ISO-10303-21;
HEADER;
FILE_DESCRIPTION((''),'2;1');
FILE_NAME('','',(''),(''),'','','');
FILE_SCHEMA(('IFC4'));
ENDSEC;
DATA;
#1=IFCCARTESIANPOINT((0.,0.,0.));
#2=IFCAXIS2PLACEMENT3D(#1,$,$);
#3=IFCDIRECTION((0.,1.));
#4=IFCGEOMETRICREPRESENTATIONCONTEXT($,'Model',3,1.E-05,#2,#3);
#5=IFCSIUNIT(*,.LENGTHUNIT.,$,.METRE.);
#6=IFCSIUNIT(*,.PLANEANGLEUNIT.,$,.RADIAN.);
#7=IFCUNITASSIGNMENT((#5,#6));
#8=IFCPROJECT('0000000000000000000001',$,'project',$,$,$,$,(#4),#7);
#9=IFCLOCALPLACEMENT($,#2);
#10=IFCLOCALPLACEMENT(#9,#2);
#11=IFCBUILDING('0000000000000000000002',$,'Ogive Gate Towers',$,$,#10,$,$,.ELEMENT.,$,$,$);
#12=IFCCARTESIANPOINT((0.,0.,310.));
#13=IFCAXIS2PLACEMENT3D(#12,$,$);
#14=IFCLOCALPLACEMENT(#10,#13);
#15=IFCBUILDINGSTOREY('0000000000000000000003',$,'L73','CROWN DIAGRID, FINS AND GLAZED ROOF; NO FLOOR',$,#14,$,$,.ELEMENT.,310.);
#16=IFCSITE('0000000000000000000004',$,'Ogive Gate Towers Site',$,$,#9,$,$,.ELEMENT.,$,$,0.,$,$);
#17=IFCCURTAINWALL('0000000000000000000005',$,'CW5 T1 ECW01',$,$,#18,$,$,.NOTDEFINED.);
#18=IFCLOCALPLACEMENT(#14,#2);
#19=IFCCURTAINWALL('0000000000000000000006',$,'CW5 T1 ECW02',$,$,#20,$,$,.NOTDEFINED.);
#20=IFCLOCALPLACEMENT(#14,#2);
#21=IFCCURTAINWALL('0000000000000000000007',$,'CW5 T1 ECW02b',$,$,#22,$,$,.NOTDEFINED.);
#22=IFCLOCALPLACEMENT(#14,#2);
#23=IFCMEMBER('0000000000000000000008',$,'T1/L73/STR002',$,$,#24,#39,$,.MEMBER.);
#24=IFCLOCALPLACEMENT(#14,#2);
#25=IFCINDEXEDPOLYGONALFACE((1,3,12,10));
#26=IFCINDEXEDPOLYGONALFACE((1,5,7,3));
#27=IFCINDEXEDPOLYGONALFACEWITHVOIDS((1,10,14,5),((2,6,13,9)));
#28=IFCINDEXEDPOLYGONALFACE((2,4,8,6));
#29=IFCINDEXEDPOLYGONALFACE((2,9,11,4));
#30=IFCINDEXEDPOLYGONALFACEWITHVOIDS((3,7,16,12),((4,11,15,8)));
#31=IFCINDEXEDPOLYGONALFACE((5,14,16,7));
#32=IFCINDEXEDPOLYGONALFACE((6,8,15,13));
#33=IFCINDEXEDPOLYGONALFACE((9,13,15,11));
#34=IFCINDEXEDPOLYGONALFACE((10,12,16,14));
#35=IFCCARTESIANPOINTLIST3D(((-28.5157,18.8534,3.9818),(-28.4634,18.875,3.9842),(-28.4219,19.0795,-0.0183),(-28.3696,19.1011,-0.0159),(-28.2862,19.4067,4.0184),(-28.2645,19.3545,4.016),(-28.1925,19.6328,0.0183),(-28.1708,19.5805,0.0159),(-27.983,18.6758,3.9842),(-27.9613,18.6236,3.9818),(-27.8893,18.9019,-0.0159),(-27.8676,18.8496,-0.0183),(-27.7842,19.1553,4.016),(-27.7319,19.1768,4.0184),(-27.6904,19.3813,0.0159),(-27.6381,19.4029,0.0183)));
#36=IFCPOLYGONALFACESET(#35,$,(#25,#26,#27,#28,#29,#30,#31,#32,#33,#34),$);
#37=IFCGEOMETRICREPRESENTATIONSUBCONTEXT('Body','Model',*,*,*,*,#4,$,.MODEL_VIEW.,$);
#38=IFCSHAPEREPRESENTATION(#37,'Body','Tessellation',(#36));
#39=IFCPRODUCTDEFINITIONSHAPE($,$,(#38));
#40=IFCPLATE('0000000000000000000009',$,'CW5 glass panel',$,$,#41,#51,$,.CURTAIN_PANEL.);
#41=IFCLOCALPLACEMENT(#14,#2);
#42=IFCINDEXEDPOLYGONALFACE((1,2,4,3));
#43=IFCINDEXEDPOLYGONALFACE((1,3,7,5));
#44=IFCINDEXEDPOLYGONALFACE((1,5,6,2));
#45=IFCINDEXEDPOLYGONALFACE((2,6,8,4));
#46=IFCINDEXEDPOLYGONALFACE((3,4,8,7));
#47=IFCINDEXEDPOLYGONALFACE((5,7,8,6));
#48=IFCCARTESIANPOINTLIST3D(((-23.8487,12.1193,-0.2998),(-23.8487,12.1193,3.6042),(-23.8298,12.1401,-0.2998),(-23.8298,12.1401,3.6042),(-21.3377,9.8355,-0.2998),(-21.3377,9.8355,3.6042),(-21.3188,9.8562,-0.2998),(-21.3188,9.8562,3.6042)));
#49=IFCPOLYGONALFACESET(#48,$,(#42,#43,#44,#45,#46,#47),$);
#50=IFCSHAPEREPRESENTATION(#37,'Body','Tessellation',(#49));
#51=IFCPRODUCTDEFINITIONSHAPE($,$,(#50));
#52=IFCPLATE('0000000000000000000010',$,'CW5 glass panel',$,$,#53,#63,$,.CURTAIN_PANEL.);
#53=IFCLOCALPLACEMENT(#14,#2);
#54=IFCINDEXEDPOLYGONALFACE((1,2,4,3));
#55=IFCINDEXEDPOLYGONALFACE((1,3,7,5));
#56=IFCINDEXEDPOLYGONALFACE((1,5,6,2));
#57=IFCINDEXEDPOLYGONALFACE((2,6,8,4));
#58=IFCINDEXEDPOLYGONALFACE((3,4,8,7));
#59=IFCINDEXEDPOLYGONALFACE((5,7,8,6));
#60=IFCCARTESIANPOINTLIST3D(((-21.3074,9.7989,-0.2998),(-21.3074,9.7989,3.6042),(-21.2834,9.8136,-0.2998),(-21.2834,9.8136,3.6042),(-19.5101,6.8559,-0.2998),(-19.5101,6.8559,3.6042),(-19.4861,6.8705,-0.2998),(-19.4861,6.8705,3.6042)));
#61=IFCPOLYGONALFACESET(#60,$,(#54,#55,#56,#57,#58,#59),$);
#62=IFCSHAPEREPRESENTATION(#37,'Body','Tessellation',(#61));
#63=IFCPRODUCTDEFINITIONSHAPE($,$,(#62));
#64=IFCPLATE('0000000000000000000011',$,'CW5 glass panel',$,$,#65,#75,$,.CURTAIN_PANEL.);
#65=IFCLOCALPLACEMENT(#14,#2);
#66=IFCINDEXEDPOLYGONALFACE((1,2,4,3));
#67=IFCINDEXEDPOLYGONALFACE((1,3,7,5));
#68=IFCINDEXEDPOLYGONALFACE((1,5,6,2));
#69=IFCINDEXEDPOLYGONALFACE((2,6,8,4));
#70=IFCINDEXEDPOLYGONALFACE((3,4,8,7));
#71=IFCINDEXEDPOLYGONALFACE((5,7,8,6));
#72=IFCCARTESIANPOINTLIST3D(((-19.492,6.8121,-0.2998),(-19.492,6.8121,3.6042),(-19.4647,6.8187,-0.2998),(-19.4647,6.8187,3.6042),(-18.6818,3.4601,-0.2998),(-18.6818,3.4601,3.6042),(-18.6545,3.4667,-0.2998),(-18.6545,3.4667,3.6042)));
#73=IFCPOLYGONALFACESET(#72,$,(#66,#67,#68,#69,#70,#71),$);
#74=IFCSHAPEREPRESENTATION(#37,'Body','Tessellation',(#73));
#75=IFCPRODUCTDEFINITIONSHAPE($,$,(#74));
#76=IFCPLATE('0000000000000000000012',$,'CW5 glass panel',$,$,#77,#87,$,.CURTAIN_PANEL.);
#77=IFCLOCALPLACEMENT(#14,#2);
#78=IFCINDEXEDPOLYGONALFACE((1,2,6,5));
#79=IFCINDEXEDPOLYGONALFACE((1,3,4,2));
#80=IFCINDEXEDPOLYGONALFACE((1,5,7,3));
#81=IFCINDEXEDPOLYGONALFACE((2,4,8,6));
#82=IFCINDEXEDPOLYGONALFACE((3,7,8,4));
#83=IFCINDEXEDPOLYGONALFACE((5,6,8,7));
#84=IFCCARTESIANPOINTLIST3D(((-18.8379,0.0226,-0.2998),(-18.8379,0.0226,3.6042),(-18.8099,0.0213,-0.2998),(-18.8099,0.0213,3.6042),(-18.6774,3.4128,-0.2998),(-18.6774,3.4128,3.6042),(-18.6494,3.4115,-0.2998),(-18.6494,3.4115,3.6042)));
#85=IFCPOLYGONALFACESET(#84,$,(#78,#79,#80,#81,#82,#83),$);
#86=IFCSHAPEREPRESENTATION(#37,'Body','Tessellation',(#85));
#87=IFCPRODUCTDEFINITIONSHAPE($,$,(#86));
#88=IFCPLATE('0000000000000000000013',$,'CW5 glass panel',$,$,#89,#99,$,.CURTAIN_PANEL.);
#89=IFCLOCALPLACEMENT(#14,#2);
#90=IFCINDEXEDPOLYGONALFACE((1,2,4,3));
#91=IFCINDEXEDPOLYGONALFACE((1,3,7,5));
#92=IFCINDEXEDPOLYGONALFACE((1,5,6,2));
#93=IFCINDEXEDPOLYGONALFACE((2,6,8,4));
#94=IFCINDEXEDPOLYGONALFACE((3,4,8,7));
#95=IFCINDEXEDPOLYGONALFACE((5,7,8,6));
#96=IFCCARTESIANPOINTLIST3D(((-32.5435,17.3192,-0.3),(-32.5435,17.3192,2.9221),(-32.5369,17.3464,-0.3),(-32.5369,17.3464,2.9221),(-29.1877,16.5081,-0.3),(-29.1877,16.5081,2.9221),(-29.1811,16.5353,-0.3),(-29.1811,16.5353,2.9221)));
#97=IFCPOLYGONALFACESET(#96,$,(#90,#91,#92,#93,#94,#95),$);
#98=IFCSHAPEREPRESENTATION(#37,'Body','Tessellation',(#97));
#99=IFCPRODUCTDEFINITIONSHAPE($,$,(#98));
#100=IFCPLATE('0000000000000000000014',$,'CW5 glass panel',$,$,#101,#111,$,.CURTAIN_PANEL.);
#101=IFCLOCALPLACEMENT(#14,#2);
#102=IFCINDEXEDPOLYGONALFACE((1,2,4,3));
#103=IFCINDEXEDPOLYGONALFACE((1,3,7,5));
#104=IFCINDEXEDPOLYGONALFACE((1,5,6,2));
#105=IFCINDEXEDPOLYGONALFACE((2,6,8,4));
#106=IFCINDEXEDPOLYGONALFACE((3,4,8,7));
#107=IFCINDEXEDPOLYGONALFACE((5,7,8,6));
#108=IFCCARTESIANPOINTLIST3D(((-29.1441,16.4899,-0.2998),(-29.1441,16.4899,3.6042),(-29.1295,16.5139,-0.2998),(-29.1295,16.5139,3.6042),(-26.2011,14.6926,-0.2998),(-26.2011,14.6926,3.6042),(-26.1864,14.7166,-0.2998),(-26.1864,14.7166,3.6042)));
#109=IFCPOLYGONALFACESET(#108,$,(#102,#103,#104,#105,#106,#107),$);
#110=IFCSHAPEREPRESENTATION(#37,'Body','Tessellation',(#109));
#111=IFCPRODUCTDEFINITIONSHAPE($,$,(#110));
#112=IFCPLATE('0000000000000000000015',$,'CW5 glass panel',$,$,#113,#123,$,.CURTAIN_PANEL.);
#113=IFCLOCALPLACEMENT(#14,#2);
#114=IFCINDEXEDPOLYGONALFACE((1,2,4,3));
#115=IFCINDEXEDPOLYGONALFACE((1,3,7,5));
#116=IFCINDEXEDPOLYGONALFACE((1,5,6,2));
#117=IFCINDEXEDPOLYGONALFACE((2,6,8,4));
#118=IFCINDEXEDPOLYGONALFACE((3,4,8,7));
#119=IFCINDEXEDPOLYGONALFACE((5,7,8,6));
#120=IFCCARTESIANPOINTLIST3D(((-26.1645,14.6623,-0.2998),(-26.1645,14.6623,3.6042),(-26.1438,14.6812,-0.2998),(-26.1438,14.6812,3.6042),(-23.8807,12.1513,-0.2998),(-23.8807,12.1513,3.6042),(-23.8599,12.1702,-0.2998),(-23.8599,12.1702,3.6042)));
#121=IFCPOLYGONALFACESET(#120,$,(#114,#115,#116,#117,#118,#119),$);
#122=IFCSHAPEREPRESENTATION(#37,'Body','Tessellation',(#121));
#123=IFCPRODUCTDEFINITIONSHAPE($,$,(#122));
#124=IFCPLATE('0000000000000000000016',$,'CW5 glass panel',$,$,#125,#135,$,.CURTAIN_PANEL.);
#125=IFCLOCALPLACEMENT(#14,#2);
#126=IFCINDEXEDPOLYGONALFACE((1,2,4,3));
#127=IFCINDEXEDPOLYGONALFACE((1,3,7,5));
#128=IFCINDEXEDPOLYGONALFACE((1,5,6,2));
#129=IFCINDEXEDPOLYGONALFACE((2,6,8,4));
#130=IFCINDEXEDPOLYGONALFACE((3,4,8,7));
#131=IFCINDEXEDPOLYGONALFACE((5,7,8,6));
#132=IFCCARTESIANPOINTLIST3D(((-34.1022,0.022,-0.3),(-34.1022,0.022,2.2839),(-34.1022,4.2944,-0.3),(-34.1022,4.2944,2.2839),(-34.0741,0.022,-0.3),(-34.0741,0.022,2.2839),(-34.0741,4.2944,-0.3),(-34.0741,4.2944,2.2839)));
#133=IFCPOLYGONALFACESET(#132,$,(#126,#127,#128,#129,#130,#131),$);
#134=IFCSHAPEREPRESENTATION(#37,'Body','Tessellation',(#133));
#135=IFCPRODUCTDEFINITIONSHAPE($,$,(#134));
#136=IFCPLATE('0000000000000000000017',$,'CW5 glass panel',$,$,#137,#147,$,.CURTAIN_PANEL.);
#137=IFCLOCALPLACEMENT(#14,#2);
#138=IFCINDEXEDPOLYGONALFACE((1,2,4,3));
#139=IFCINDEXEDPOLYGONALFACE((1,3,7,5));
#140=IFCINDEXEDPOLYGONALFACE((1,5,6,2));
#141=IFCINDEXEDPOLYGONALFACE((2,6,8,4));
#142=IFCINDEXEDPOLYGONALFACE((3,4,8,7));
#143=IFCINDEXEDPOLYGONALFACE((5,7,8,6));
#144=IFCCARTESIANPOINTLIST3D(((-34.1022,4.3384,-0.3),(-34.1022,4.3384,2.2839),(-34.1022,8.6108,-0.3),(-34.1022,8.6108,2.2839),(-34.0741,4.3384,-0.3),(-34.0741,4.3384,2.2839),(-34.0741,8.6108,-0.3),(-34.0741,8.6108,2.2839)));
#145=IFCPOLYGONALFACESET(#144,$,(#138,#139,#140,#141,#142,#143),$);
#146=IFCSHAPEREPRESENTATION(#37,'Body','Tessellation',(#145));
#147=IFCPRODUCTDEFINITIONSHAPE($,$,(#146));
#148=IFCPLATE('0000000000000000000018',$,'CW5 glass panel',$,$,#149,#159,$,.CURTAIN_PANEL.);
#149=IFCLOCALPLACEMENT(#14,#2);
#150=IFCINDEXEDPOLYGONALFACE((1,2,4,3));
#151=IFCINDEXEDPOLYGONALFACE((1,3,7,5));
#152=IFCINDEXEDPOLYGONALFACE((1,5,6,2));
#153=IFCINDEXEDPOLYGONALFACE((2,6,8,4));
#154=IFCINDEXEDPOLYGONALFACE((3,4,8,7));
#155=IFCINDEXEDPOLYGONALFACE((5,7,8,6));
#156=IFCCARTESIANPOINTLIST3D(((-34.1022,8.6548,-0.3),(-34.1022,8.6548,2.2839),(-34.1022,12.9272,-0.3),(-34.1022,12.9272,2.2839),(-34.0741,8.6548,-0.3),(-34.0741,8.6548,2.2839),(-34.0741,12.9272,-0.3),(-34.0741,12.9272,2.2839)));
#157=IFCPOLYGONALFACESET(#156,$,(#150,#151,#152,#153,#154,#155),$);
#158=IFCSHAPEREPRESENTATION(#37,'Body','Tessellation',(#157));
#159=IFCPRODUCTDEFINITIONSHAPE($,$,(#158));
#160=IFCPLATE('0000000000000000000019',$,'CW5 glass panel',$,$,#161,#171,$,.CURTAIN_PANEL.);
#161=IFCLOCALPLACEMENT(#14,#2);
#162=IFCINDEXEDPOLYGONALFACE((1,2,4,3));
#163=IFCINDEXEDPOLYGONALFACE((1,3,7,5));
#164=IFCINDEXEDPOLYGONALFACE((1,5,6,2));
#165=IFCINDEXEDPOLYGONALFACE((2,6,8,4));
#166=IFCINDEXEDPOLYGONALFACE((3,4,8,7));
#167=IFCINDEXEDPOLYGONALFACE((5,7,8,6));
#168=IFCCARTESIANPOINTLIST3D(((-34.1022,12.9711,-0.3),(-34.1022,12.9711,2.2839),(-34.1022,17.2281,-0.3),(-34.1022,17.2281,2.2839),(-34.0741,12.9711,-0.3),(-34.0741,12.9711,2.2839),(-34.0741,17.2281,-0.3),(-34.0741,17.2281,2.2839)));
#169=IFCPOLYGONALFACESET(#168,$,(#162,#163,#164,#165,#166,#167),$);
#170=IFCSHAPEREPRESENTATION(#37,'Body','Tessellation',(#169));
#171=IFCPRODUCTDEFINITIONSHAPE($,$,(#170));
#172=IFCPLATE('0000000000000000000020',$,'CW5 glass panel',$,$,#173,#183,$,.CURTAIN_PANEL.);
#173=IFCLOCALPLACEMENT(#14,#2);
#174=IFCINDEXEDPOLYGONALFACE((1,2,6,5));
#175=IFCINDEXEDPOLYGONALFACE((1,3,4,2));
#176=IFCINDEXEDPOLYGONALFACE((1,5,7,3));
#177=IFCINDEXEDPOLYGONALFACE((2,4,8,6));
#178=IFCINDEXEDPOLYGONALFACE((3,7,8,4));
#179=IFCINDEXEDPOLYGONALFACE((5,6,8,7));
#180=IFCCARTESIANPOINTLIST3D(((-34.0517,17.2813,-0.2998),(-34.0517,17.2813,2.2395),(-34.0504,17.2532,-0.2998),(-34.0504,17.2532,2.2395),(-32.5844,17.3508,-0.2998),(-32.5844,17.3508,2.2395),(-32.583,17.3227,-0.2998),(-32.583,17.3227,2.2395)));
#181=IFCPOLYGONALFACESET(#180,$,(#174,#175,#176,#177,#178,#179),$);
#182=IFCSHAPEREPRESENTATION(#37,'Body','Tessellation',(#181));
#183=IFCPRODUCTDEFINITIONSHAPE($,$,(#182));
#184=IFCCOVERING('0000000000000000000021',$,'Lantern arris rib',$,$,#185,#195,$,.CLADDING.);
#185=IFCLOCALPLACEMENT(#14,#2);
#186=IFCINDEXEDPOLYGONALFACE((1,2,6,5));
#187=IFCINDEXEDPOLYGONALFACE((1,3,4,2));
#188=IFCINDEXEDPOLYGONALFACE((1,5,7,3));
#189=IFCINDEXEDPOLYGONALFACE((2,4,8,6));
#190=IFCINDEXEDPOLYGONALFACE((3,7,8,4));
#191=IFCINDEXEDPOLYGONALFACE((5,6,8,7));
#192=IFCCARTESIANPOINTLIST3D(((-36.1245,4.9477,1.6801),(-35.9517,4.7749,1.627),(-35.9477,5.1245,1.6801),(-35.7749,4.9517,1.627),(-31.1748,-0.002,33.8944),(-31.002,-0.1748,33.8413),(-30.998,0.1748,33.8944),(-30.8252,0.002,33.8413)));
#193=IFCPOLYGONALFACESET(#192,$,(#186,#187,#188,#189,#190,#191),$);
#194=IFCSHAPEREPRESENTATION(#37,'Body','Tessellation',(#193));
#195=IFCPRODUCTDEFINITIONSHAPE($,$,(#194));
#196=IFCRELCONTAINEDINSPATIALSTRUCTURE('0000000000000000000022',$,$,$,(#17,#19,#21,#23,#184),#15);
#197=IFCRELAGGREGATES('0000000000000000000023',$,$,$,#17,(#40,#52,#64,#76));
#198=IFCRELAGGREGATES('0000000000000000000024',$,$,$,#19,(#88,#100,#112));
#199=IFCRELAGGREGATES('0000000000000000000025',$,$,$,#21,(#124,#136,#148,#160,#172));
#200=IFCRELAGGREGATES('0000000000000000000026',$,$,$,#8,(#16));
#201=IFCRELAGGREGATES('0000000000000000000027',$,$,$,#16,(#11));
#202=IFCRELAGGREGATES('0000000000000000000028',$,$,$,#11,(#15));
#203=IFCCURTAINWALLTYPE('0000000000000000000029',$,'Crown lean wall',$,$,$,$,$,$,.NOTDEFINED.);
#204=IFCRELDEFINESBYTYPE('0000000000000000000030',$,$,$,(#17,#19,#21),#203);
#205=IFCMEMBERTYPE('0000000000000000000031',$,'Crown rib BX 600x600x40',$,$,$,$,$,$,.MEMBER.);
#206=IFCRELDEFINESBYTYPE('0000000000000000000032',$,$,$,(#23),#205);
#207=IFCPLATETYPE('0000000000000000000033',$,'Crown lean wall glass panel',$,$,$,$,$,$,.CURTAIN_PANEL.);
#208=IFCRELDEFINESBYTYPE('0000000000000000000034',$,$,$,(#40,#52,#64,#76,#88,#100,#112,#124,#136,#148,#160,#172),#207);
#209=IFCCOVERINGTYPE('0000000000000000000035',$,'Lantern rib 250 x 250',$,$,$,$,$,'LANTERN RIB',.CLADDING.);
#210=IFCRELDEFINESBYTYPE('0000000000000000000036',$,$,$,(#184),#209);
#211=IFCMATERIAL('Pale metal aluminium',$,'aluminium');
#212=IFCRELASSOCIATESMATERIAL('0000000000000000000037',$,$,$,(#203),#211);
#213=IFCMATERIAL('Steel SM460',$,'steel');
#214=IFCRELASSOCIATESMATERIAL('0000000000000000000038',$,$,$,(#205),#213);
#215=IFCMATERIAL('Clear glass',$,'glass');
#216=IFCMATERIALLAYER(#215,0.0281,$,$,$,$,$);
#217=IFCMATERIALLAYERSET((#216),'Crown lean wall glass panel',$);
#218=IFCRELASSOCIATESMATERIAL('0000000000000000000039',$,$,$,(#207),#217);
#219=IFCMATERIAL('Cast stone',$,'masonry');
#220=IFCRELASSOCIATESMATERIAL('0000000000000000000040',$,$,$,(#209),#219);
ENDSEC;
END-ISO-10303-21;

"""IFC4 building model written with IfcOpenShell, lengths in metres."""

from ifc_helpers import new_model, si_unit, direction, frame, origin, origin_2d, place, context, subcontext, project, spatial, rectangle, hollow_rectangle, extrude, material, layer, layer_set, material_profile, profile_set, type_object, element, aggregate, save


model = new_model("IFC4")

# Units and contexts
model_context = context("Model", 3, precision=1e-05, world=origin(), true_north=direction((0.0, 1.0)))
body_context = subcontext(model_context, "Body", "Model", "MODEL_VIEW")
ifc_project = project(units=[si_unit("LENGTHUNIT", "METRE"), si_unit("PLANEANGLEUNIT", "RADIAN")], contexts=[model_context])

# Site, building, storey
site_placement = place(None, origin())
site = spatial("IfcSite", under=ifc_project, at=site_placement, Name="Ogive Gate Towers Site", CompositionType="ELEMENT", RefElevation=0.0)
building_placement = place(site_placement, origin())
building = spatial("IfcBuilding", under=site, at=building_placement, Name="Ogive Gate Towers", CompositionType="ELEMENT")
storey_placement = place(building_placement, frame((0.0, 0.0, 310.0)))
storey = spatial("IfcBuildingStorey", under=building, at=storey_placement, Name="L73", Description="CROWN DIAGRID, FINS AND GLAZED ROOF; NO FLOOR", CompositionType="ELEMENT", Elevation=310.0)

# Shared definitions
ifc_material_1 = material(Name="Steel SM460", Category="steel")

# Curtain walls
ifc_material_2 = material(Name="Pale metal aluminium", Category="aluminium")
curtain_wall_type = type_object("IfcCurtainWallType", Name="Crown lean wall", PredefinedType="NOTDEFINED", material=ifc_material_2)
curtain_wall_1_placement = place(storey_placement, origin())
curtain_wall_1 = element("IfcCurtainWall", 1, at=curtain_wall_1_placement, inside=storey, type_object=curtain_wall_type, Name="CW5 T1 ECW01", PredefinedType="NOTDEFINED")
curtain_wall_2_placement = place(storey_placement, origin())
curtain_wall_2 = element("IfcCurtainWall", 2, at=curtain_wall_2_placement, inside=storey, type_object=curtain_wall_type, Name="CW5 T1 ECW02", PredefinedType="NOTDEFINED")
curtain_wall_3_placement = place(storey_placement, origin())
curtain_wall_3 = element("IfcCurtainWall", 3, at=curtain_wall_3_placement, inside=storey, type_object=curtain_wall_type, Name="CW5 T1 ECW02b", PredefinedType="NOTDEFINED")

# Member
ifc_material_profile_1 = material_profile(ifc_material_1, hollow_rectangle(XDim=0.6001, YDim=0.6001, WallThickness=0.04, at=origin_2d()), Name="BX 600x600x40")
ifc_profile_set_1 = profile_set([ifc_material_profile_1], Name="Steel SM460")
member_type_1 = type_object("IfcMemberType", Name="Crown rib BX 600x600x40", PredefinedType="MEMBER", material=ifc_profile_set_1)
for number, where, z_axis, x_axis, name in (
    (4, (-28.03, 19.2412, 0.0), (-0.023394, -0.056413, 0.998133), (0.923725, -0.383057, 0.0), "T1/L73/STR002"),
):
    element("IfcMember", number, at=place(storey_placement, frame(where, z_axis=z_axis, x_axis=x_axis)), inside=storey, type_object=member_type_1, Name=name, PredefinedType="MEMBER", context=body_context, shape_type="SweptSolid", body=[
        extrude(hollow_rectangle(XDim=0.6001, YDim=0.6001, WallThickness=0.04, at=origin_2d()), origin(), (0.0, 0.0, 1.0), 4.0076),
    ])

# Plates
ifc_material_3 = material(Name="Clear glass", Category="glass")
ifc_layer_1 = layer(ifc_material_3, 0.0281)
ifc_layer_set_1 = layer_set([ifc_layer_1], Name="Crown lean wall glass panel")
plate_type = type_object("IfcPlateType", Name="Crown lean wall glass panel", PredefinedType="CURTAIN_PANEL", material=ifc_layer_set_1)
plate_1_placement = place(storey_placement, frame((-22.5837, 10.9878, -0.2998), z_axis=(0.0, 0.0, 1.0), x_axis=(0.739772, -0.672858, 0.0)))
plate_1 = element("IfcPlate", 5, at=plate_1_placement, type_object=plate_type, Name="CW5 glass panel", PredefinedType="CURTAIN_PANEL", context=body_context, shape_type="SweptSolid", body=[
    extrude(rectangle(XDim=3.3943, YDim=0.0281, at=origin_2d()), origin(), (0.0, 0.0, 1.0), 3.9041),
])
plate_2_placement = place(storey_placement, frame((-20.3967, 8.3347, -0.2998), z_axis=(0.0, 0.0, 1.0), x_axis=(0.521188, -0.853442, 0.0)))
plate_2 = element("IfcPlate", 6, at=plate_2_placement, type_object=plate_type, Name="CW5 glass panel", PredefinedType="CURTAIN_PANEL", context=body_context, shape_type="SweptSolid", body=[
    extrude(rectangle(XDim=3.4485, YDim=0.0281, at=origin_2d()), origin(), (0.0, 0.0, 1.0), 3.9041),
])
plate_3_placement = place(storey_placement, frame((-19.0732, 5.1394, -0.2998), z_axis=(0.0, 0.0, 1.0), x_axis=(0.234939, -0.97201, 0.0)))
plate_3 = element("IfcPlate", 7, at=plate_3_placement, type_object=plate_type, Name="CW5 glass panel", PredefinedType="CURTAIN_PANEL", context=body_context, shape_type="SweptSolid", body=[
    extrude(rectangle(XDim=3.4485, YDim=0.0281, at=origin_2d()), origin(), (0.0, 0.0, 1.0), 3.9041),
])
plate_4_placement = place(storey_placement, frame((-18.7437, 1.717, -0.2998), z_axis=(0.0, 0.0, 1.0), x_axis=(-0.047298, -0.998881, 0.0)))
plate_4 = element("IfcPlate", 8, at=plate_4_placement, type_object=plate_type, Name="CW5 glass panel", PredefinedType="CURTAIN_PANEL", context=body_context, shape_type="SweptSolid", body=[
    extrude(rectangle(XDim=3.394, YDim=0.0281, at=origin_2d()), origin(), (0.0, 0.0, 1.0), 3.9041),
])
aggregate(curtain_wall_1, [plate_1, plate_2, plate_3, plate_4])
plate_5_placement = place(storey_placement, frame((-30.8623, 16.9272, -0.3), z_axis=(0.0, 0.0, 1.0), x_axis=(0.97201, -0.234939, 0.0)))
plate_5 = element("IfcPlate", 9, at=plate_5_placement, type_object=plate_type, Name="CW5 glass panel", PredefinedType="CURTAIN_PANEL", context=body_context, shape_type="SweptSolid", body=[
    extrude(rectangle(XDim=3.4524, YDim=0.0281, at=origin_2d()), origin(), (0.0, 0.0, 1.0), 3.2222),
])
plate_6_placement = place(storey_placement, frame((-27.6653, 15.6033, -0.2998), z_axis=(0.0, 0.0, 1.0), x_axis=(0.853442, -0.521188, 0.0)))
plate_6 = element("IfcPlate", 10, at=plate_6_placement, type_object=plate_type, Name="CW5 glass panel", PredefinedType="CURTAIN_PANEL", context=body_context, shape_type="SweptSolid", body=[
    extrude(rectangle(XDim=3.4485, YDim=0.0281, at=origin_2d()), origin(), (0.0, 0.0, 1.0), 3.9041),
])
plate_7_placement = place(storey_placement, frame((-25.0122, 13.4163, -0.2998), z_axis=(0.0, 0.0, 1.0), x_axis=(0.672858, -0.739772, 0.0)))
plate_7 = element("IfcPlate", 11, at=plate_7_placement, type_object=plate_type, Name="CW5 glass panel", PredefinedType="CURTAIN_PANEL", context=body_context, shape_type="SweptSolid", body=[
    extrude(rectangle(XDim=3.3943, YDim=0.0281, at=origin_2d()), origin(), (0.0, 0.0, 1.0), 3.9041),
])
aggregate(curtain_wall_2, [plate_5, plate_6, plate_7])
plate_8_placement = place(storey_placement, frame((-34.0881, 2.1582, -0.3), z_axis=(0.0, 0.0, 1.0), x_axis=(0.0, 1.0, 0.0)))
plate_8 = element("IfcPlate", 12, at=plate_8_placement, type_object=plate_type, Name="CW5 glass panel", PredefinedType="CURTAIN_PANEL", context=body_context, shape_type="SweptSolid", body=[
    extrude(rectangle(XDim=4.2725, YDim=0.0281, at=origin_2d()), origin(), (0.0, 0.0, 1.0), 2.584),
])
plate_9_placement = place(storey_placement, frame((-34.0881, 6.4746, -0.3), z_axis=(0.0, 0.0, 1.0), x_axis=(0.0, 1.0, 0.0)))
plate_9 = element("IfcPlate", 13, at=plate_9_placement, type_object=plate_type, Name="CW5 glass panel", PredefinedType="CURTAIN_PANEL", context=body_context, shape_type="SweptSolid", body=[
    extrude(rectangle(XDim=4.2725, YDim=0.0281, at=origin_2d()), origin(), (0.0, 0.0, 1.0), 2.584),
])
plate_10_placement = place(storey_placement, frame((-34.0881, 10.791, -0.3), z_axis=(0.0, 0.0, 1.0), x_axis=(0.0, 1.0, 0.0)))
plate_10 = element("IfcPlate", 14, at=plate_10_placement, type_object=plate_type, Name="CW5 glass panel", PredefinedType="CURTAIN_PANEL", context=body_context, shape_type="SweptSolid", body=[
    extrude(rectangle(XDim=4.2725, YDim=0.0281, at=origin_2d()), origin(), (0.0, 0.0, 1.0), 2.584),
])
plate_11_placement = place(storey_placement, frame((-34.0881, 15.0996, -0.3), z_axis=(0.0, 0.0, 1.0), x_axis=(0.0, 1.0, 0.0)))
plate_11 = element("IfcPlate", 15, at=plate_11_placement, type_object=plate_type, Name="CW5 glass panel", PredefinedType="CURTAIN_PANEL", context=body_context, shape_type="SweptSolid", body=[
    extrude(rectangle(XDim=4.2571, YDim=0.0281, at=origin_2d()), origin(), (0.0, 0.0, 1.0), 2.584),
])
plate_12_placement = place(storey_placement, frame((-33.3174, 17.302, -0.2998), z_axis=(0.0, 0.0, 1.0), x_axis=(0.99888, 0.047316, 0.0)))
plate_12 = element("IfcPlate", 16, at=plate_12_placement, type_object=plate_type, Name="CW5 glass panel", PredefinedType="CURTAIN_PANEL", context=body_context, shape_type="SweptSolid", body=[
    extrude(rectangle(XDim=1.469, YDim=0.0281, at=origin_2d()), origin(), (0.0, 0.0, 1.0), 2.5393),
])
aggregate(curtain_wall_3, [plate_8, plate_9, plate_10, plate_11, plate_12])

# Covering
ifc_material_4 = material(Name="Cast stone", Category="masonry")
ifc_material_profile_2 = material_profile(ifc_material_4, rectangle(XDim=0.25, YDim=0.25, at=origin_2d()), Name="250 x 250 cast stone")
ifc_profile_set_2 = profile_set([ifc_material_profile_2], Name="Cast stone")
covering_type_1 = type_object("IfcCoveringType", Name="Lantern rib 250 x 250", ElementType="LANTERN RIB", PredefinedType="CLADDING", material=ifc_profile_set_2)
covering_1_placement = place(storey_placement, frame((-35.9497, 4.9497, 1.6536), z_axis=(0.150145, -0.150145, 0.977196), x_axis=(0.707107, 0.707107, 0.0)))
element("IfcCovering", 17, at=covering_1_placement, inside=storey, type_object=covering_type_1, Name="Lantern arris rib", PredefinedType="CLADDING", context=body_context, shape_type="SweptSolid", body=[
    extrude(rectangle(XDim=0.25, YDim=0.25, at=origin_2d()), origin(), (0.0, 0.0, 1.0), 32.9661),
])

save(model, "model.ifc")
